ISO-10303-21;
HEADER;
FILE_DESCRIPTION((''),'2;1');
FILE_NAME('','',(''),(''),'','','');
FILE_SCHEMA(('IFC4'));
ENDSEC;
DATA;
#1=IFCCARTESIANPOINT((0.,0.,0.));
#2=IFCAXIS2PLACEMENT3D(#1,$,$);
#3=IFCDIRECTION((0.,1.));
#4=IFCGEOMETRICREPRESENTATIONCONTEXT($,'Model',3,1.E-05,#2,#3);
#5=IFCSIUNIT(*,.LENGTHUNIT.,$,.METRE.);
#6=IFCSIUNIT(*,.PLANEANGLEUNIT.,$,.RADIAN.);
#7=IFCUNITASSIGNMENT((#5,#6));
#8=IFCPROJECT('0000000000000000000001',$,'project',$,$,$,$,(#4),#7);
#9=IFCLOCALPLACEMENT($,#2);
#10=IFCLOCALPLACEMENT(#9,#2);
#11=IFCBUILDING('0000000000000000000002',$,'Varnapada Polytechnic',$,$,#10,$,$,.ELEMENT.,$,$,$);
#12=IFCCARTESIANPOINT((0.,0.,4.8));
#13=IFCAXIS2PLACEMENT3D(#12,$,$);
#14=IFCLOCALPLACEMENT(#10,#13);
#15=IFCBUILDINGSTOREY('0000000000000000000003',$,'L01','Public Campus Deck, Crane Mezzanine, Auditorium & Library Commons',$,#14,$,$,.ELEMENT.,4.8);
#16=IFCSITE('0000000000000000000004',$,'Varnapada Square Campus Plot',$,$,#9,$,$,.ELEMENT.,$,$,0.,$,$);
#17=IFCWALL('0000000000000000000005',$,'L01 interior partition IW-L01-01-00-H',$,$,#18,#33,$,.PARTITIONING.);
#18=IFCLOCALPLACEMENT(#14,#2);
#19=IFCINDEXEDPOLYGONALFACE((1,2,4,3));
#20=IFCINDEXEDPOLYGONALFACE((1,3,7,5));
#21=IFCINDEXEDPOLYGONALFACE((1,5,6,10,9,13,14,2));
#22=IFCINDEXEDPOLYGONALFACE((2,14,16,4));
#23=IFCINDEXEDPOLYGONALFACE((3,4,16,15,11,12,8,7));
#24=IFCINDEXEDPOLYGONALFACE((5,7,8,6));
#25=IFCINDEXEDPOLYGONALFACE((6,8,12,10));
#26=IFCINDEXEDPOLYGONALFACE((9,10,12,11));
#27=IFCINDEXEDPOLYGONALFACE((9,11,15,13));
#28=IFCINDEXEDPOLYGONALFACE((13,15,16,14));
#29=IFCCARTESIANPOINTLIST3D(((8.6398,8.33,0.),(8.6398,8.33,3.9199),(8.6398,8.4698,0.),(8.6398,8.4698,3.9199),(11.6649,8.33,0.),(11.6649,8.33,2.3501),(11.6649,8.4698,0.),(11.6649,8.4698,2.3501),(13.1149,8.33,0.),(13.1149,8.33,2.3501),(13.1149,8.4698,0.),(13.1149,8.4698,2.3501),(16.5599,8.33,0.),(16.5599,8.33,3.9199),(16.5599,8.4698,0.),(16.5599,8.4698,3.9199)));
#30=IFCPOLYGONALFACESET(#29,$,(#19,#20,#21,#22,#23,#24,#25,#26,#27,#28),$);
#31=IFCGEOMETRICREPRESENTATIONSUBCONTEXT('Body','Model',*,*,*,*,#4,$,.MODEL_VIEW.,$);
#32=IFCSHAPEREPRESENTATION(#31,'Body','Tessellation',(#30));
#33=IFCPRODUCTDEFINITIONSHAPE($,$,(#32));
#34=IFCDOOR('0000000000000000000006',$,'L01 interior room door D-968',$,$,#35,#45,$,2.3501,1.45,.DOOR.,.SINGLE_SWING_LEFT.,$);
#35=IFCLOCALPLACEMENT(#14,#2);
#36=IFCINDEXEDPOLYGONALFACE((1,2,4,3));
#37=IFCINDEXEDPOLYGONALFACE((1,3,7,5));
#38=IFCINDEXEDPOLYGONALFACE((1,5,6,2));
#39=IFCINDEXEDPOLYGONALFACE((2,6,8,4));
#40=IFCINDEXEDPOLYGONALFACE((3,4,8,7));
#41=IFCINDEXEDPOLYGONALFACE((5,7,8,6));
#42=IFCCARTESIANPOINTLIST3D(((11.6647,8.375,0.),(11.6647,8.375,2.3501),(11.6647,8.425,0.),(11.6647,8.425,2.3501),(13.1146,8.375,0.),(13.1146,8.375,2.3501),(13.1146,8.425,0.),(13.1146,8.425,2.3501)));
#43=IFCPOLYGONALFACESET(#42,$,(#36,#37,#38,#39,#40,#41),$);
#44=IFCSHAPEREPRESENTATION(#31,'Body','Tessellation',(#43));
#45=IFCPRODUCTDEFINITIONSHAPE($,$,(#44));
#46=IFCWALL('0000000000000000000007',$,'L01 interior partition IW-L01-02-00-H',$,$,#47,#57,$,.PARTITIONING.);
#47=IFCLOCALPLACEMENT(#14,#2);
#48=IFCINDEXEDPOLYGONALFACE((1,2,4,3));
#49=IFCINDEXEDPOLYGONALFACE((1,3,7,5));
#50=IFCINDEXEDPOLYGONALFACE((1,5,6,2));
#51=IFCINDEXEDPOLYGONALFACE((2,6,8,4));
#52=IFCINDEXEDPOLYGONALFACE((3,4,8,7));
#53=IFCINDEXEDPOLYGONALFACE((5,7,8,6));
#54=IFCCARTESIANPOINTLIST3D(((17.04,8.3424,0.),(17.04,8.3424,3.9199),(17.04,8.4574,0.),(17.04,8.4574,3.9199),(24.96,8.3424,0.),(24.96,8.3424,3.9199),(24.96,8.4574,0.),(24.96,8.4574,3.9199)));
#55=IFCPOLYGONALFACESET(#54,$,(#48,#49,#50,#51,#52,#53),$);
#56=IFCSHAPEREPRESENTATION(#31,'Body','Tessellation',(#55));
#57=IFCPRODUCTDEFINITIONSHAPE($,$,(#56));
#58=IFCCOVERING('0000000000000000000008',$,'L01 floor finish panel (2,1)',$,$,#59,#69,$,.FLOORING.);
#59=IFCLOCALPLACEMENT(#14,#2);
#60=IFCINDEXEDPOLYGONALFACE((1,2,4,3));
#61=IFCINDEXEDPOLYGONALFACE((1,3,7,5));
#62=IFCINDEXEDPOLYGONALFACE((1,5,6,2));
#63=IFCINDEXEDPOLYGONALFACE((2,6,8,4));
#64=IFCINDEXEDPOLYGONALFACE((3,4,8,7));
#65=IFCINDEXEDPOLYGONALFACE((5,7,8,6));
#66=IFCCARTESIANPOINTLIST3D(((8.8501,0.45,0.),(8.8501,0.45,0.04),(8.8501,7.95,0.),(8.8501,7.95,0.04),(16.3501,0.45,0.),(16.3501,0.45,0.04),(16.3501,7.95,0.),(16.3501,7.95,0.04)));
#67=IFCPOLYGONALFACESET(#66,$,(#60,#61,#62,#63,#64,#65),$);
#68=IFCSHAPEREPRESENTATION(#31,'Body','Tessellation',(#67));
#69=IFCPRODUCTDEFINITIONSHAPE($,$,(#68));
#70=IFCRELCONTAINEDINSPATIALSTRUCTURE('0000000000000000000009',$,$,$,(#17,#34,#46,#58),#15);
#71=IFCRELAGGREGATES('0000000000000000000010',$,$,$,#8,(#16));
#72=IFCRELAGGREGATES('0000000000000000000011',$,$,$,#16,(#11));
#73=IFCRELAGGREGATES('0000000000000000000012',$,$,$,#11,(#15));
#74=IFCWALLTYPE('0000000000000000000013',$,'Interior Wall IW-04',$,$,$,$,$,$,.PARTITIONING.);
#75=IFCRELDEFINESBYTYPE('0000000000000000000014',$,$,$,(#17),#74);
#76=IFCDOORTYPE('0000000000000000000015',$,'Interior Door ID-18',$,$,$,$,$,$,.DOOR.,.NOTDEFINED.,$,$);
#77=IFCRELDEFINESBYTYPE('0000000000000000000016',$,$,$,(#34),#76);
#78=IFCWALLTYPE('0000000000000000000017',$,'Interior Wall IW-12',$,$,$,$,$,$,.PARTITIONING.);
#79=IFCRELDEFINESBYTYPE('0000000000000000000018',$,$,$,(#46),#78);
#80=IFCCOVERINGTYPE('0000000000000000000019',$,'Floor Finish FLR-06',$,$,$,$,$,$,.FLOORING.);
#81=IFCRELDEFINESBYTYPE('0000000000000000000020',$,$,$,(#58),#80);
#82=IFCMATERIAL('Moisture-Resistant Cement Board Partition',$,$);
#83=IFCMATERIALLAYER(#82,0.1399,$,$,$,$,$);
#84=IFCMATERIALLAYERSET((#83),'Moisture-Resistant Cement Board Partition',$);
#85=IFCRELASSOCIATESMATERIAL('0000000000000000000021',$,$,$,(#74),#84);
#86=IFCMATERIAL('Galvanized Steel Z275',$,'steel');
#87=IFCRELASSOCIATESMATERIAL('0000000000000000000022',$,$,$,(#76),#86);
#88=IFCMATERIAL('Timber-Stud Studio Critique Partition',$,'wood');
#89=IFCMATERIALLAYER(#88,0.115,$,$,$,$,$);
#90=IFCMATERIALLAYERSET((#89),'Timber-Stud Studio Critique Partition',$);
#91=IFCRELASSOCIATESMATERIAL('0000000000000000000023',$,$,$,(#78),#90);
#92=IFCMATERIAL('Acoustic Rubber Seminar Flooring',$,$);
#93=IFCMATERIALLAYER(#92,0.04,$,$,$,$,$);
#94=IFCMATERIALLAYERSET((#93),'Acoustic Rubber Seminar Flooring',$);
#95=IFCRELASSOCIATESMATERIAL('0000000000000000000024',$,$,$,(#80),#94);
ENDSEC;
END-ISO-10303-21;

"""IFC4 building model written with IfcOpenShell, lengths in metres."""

from ifc_helpers import new_model, si_unit, direction, frame, frame_2d, origin, origin_2d, place, context, subcontext, project, spatial, rectangle, extrude, material, layer, layer_set, type_object, element, fill, save


model = new_model("IFC4")

# Units and contexts
model_context = context("Model", 3, precision=1e-05, world=origin(), true_north=direction((0.0, 1.0)))
body_context = subcontext(model_context, "Body", "Model", "MODEL_VIEW")
ifc_project = project(units=[si_unit("LENGTHUNIT", "METRE"), si_unit("PLANEANGLEUNIT", "RADIAN")], contexts=[model_context])

# Site, building, storey
site_placement = place(None, origin())
site = spatial("IfcSite", under=ifc_project, at=site_placement, Name="Varnapada Square Campus Plot", CompositionType="ELEMENT", RefElevation=0.0)
building_placement = place(site_placement, origin())
building = spatial("IfcBuilding", under=site, at=building_placement, Name="Varnapada Polytechnic", CompositionType="ELEMENT")
storey_placement = place(building_placement, frame((0.0, 0.0, 4.8)))
storey = spatial("IfcBuildingStorey", under=building, at=storey_placement, Name="L01", Description="Public Campus Deck, Crane Mezzanine, Auditorium & Library Commons", CompositionType="ELEMENT", Elevation=4.8)

# Wall, opening, door
ifc_material_1 = material(Name="Moisture-Resistant Cement Board Partition")
ifc_layer_1 = layer(ifc_material_1, 0.1399)
ifc_layer_set_1 = layer_set([ifc_layer_1], Name="Moisture-Resistant Cement Board Partition")
wall_type_1 = type_object("IfcWallType", Name="Interior Wall IW-04", PredefinedType="PARTITIONING", material=ifc_layer_set_1)
wall_1_placement = place(storey_placement, frame((8.6399, 8.3999, 0.0), z_axis=(0.0, 0.0, 1.0), x_axis=(1.0, 0.0, 0.0)))
wall_1 = element("IfcWall", 1, at=wall_1_placement, inside=storey, type_object=wall_type_1, Name="L01 interior partition IW-L01-01-00-H", PredefinedType="PARTITIONING", context=body_context, shape_type="SweptSolid", body=[
    extrude(rectangle(XDim=7.9202, YDim=0.1399, at=frame_2d((3.96, 0.0))), origin(), (0.0, 0.0, 1.0), 3.9199),
])
opening_1_placement = place(wall_1_placement, frame((3.0249, 0.0, 0.0)))
opening_1 = element("IfcOpeningElement", 2, at=opening_1_placement, cuts=wall_1, PredefinedType="OPENING", context=body_context, shape_type="SweptSolid", body=[
    extrude(rectangle(XDim=1.45, YDim=2.3501, at=frame_2d((0.7251, 1.175))), frame((0.0, 0.0798, 0.0), z_axis=(0.0, -1.0, 0.0), x_axis=(1.0, 0.0, 0.0)), (0.0, 0.0, 1.0), 0.1599),
])
ifc_material_2 = material(Name="Galvanized Steel Z275", Category="steel")
door_type_1 = type_object("IfcDoorType", Name="Interior Door ID-18", OperationType="NOTDEFINED", PredefinedType="DOOR", material=ifc_material_2)
door_1_placement = place(opening_1_placement, frame((1.45, 0.0, 0.0), z_axis=(0.0, 0.0, 1.0), x_axis=(-1.0, 0.0, 0.0)))
door_1 = element("IfcDoor", 3, at=door_1_placement, inside=storey, type_object=door_type_1, Name="L01 interior room door D-968", OperationType="SINGLE_SWING_LEFT", OverallHeight=2.3501, OverallWidth=1.45, PredefinedType="DOOR", context=body_context, shape_type="SweptSolid", body=[
    extrude(rectangle(XDim=1.45, YDim=2.3501, at=frame_2d((0.7251, 1.175))), frame((0.0, 0.0249, 0.0), z_axis=(0.0, -1.0, 0.0), x_axis=(1.0, 0.0, 0.0)), (0.0, 0.0, 1.0), 0.05),
])
fill(opening_1, door_1)

# Wall
ifc_material_3 = material(Name="Timber-Stud Studio Critique Partition", Category="wood")
ifc_layer_2 = layer(ifc_material_3, 0.115)
ifc_layer_set_2 = layer_set([ifc_layer_2], Name="Timber-Stud Studio Critique Partition")
wall_type_2 = type_object("IfcWallType", Name="Interior Wall IW-12", PredefinedType="PARTITIONING", material=ifc_layer_set_2)
wall_2_placement = place(storey_placement, frame((17.04, 8.3999, 0.0), z_axis=(0.0, 0.0, 1.0), x_axis=(1.0, 0.0, 0.0)))
element("IfcWall", 4, at=wall_2_placement, inside=storey, type_object=wall_type_2, Name="L01 interior partition IW-L01-02-00-H", PredefinedType="PARTITIONING", context=body_context, shape_type="SweptSolid", body=[
    extrude(rectangle(XDim=7.9199, YDim=0.115, at=frame_2d((3.96, 0.0))), origin(), (0.0, 0.0, 1.0), 3.9199),
])

# Covering
ifc_material_4 = material(Name="Acoustic Rubber Seminar Flooring")
ifc_layer_3 = layer(ifc_material_4, 0.04)
ifc_layer_set_3 = layer_set([ifc_layer_3], Name="Acoustic Rubber Seminar Flooring")
covering_type = type_object("IfcCoveringType", Name="Floor Finish FLR-06", PredefinedType="FLOORING", material=ifc_layer_set_3)
covering_placement = place(storey_placement, frame((12.6001, 4.2, 0.0), z_axis=(0.0, 0.0, 1.0), x_axis=(1.0, 0.0, 0.0)))
element("IfcCovering", 5, at=covering_placement, inside=storey, type_object=covering_type, Name="L01 floor finish panel (2,1)", PredefinedType="FLOORING", context=body_context, shape_type="SweptSolid", body=[
    extrude(rectangle(XDim=7.5, YDim=7.5, at=origin_2d()), origin(), (0.0, 0.0, 1.0), 0.04),
])

save(model, "model.ifc")
